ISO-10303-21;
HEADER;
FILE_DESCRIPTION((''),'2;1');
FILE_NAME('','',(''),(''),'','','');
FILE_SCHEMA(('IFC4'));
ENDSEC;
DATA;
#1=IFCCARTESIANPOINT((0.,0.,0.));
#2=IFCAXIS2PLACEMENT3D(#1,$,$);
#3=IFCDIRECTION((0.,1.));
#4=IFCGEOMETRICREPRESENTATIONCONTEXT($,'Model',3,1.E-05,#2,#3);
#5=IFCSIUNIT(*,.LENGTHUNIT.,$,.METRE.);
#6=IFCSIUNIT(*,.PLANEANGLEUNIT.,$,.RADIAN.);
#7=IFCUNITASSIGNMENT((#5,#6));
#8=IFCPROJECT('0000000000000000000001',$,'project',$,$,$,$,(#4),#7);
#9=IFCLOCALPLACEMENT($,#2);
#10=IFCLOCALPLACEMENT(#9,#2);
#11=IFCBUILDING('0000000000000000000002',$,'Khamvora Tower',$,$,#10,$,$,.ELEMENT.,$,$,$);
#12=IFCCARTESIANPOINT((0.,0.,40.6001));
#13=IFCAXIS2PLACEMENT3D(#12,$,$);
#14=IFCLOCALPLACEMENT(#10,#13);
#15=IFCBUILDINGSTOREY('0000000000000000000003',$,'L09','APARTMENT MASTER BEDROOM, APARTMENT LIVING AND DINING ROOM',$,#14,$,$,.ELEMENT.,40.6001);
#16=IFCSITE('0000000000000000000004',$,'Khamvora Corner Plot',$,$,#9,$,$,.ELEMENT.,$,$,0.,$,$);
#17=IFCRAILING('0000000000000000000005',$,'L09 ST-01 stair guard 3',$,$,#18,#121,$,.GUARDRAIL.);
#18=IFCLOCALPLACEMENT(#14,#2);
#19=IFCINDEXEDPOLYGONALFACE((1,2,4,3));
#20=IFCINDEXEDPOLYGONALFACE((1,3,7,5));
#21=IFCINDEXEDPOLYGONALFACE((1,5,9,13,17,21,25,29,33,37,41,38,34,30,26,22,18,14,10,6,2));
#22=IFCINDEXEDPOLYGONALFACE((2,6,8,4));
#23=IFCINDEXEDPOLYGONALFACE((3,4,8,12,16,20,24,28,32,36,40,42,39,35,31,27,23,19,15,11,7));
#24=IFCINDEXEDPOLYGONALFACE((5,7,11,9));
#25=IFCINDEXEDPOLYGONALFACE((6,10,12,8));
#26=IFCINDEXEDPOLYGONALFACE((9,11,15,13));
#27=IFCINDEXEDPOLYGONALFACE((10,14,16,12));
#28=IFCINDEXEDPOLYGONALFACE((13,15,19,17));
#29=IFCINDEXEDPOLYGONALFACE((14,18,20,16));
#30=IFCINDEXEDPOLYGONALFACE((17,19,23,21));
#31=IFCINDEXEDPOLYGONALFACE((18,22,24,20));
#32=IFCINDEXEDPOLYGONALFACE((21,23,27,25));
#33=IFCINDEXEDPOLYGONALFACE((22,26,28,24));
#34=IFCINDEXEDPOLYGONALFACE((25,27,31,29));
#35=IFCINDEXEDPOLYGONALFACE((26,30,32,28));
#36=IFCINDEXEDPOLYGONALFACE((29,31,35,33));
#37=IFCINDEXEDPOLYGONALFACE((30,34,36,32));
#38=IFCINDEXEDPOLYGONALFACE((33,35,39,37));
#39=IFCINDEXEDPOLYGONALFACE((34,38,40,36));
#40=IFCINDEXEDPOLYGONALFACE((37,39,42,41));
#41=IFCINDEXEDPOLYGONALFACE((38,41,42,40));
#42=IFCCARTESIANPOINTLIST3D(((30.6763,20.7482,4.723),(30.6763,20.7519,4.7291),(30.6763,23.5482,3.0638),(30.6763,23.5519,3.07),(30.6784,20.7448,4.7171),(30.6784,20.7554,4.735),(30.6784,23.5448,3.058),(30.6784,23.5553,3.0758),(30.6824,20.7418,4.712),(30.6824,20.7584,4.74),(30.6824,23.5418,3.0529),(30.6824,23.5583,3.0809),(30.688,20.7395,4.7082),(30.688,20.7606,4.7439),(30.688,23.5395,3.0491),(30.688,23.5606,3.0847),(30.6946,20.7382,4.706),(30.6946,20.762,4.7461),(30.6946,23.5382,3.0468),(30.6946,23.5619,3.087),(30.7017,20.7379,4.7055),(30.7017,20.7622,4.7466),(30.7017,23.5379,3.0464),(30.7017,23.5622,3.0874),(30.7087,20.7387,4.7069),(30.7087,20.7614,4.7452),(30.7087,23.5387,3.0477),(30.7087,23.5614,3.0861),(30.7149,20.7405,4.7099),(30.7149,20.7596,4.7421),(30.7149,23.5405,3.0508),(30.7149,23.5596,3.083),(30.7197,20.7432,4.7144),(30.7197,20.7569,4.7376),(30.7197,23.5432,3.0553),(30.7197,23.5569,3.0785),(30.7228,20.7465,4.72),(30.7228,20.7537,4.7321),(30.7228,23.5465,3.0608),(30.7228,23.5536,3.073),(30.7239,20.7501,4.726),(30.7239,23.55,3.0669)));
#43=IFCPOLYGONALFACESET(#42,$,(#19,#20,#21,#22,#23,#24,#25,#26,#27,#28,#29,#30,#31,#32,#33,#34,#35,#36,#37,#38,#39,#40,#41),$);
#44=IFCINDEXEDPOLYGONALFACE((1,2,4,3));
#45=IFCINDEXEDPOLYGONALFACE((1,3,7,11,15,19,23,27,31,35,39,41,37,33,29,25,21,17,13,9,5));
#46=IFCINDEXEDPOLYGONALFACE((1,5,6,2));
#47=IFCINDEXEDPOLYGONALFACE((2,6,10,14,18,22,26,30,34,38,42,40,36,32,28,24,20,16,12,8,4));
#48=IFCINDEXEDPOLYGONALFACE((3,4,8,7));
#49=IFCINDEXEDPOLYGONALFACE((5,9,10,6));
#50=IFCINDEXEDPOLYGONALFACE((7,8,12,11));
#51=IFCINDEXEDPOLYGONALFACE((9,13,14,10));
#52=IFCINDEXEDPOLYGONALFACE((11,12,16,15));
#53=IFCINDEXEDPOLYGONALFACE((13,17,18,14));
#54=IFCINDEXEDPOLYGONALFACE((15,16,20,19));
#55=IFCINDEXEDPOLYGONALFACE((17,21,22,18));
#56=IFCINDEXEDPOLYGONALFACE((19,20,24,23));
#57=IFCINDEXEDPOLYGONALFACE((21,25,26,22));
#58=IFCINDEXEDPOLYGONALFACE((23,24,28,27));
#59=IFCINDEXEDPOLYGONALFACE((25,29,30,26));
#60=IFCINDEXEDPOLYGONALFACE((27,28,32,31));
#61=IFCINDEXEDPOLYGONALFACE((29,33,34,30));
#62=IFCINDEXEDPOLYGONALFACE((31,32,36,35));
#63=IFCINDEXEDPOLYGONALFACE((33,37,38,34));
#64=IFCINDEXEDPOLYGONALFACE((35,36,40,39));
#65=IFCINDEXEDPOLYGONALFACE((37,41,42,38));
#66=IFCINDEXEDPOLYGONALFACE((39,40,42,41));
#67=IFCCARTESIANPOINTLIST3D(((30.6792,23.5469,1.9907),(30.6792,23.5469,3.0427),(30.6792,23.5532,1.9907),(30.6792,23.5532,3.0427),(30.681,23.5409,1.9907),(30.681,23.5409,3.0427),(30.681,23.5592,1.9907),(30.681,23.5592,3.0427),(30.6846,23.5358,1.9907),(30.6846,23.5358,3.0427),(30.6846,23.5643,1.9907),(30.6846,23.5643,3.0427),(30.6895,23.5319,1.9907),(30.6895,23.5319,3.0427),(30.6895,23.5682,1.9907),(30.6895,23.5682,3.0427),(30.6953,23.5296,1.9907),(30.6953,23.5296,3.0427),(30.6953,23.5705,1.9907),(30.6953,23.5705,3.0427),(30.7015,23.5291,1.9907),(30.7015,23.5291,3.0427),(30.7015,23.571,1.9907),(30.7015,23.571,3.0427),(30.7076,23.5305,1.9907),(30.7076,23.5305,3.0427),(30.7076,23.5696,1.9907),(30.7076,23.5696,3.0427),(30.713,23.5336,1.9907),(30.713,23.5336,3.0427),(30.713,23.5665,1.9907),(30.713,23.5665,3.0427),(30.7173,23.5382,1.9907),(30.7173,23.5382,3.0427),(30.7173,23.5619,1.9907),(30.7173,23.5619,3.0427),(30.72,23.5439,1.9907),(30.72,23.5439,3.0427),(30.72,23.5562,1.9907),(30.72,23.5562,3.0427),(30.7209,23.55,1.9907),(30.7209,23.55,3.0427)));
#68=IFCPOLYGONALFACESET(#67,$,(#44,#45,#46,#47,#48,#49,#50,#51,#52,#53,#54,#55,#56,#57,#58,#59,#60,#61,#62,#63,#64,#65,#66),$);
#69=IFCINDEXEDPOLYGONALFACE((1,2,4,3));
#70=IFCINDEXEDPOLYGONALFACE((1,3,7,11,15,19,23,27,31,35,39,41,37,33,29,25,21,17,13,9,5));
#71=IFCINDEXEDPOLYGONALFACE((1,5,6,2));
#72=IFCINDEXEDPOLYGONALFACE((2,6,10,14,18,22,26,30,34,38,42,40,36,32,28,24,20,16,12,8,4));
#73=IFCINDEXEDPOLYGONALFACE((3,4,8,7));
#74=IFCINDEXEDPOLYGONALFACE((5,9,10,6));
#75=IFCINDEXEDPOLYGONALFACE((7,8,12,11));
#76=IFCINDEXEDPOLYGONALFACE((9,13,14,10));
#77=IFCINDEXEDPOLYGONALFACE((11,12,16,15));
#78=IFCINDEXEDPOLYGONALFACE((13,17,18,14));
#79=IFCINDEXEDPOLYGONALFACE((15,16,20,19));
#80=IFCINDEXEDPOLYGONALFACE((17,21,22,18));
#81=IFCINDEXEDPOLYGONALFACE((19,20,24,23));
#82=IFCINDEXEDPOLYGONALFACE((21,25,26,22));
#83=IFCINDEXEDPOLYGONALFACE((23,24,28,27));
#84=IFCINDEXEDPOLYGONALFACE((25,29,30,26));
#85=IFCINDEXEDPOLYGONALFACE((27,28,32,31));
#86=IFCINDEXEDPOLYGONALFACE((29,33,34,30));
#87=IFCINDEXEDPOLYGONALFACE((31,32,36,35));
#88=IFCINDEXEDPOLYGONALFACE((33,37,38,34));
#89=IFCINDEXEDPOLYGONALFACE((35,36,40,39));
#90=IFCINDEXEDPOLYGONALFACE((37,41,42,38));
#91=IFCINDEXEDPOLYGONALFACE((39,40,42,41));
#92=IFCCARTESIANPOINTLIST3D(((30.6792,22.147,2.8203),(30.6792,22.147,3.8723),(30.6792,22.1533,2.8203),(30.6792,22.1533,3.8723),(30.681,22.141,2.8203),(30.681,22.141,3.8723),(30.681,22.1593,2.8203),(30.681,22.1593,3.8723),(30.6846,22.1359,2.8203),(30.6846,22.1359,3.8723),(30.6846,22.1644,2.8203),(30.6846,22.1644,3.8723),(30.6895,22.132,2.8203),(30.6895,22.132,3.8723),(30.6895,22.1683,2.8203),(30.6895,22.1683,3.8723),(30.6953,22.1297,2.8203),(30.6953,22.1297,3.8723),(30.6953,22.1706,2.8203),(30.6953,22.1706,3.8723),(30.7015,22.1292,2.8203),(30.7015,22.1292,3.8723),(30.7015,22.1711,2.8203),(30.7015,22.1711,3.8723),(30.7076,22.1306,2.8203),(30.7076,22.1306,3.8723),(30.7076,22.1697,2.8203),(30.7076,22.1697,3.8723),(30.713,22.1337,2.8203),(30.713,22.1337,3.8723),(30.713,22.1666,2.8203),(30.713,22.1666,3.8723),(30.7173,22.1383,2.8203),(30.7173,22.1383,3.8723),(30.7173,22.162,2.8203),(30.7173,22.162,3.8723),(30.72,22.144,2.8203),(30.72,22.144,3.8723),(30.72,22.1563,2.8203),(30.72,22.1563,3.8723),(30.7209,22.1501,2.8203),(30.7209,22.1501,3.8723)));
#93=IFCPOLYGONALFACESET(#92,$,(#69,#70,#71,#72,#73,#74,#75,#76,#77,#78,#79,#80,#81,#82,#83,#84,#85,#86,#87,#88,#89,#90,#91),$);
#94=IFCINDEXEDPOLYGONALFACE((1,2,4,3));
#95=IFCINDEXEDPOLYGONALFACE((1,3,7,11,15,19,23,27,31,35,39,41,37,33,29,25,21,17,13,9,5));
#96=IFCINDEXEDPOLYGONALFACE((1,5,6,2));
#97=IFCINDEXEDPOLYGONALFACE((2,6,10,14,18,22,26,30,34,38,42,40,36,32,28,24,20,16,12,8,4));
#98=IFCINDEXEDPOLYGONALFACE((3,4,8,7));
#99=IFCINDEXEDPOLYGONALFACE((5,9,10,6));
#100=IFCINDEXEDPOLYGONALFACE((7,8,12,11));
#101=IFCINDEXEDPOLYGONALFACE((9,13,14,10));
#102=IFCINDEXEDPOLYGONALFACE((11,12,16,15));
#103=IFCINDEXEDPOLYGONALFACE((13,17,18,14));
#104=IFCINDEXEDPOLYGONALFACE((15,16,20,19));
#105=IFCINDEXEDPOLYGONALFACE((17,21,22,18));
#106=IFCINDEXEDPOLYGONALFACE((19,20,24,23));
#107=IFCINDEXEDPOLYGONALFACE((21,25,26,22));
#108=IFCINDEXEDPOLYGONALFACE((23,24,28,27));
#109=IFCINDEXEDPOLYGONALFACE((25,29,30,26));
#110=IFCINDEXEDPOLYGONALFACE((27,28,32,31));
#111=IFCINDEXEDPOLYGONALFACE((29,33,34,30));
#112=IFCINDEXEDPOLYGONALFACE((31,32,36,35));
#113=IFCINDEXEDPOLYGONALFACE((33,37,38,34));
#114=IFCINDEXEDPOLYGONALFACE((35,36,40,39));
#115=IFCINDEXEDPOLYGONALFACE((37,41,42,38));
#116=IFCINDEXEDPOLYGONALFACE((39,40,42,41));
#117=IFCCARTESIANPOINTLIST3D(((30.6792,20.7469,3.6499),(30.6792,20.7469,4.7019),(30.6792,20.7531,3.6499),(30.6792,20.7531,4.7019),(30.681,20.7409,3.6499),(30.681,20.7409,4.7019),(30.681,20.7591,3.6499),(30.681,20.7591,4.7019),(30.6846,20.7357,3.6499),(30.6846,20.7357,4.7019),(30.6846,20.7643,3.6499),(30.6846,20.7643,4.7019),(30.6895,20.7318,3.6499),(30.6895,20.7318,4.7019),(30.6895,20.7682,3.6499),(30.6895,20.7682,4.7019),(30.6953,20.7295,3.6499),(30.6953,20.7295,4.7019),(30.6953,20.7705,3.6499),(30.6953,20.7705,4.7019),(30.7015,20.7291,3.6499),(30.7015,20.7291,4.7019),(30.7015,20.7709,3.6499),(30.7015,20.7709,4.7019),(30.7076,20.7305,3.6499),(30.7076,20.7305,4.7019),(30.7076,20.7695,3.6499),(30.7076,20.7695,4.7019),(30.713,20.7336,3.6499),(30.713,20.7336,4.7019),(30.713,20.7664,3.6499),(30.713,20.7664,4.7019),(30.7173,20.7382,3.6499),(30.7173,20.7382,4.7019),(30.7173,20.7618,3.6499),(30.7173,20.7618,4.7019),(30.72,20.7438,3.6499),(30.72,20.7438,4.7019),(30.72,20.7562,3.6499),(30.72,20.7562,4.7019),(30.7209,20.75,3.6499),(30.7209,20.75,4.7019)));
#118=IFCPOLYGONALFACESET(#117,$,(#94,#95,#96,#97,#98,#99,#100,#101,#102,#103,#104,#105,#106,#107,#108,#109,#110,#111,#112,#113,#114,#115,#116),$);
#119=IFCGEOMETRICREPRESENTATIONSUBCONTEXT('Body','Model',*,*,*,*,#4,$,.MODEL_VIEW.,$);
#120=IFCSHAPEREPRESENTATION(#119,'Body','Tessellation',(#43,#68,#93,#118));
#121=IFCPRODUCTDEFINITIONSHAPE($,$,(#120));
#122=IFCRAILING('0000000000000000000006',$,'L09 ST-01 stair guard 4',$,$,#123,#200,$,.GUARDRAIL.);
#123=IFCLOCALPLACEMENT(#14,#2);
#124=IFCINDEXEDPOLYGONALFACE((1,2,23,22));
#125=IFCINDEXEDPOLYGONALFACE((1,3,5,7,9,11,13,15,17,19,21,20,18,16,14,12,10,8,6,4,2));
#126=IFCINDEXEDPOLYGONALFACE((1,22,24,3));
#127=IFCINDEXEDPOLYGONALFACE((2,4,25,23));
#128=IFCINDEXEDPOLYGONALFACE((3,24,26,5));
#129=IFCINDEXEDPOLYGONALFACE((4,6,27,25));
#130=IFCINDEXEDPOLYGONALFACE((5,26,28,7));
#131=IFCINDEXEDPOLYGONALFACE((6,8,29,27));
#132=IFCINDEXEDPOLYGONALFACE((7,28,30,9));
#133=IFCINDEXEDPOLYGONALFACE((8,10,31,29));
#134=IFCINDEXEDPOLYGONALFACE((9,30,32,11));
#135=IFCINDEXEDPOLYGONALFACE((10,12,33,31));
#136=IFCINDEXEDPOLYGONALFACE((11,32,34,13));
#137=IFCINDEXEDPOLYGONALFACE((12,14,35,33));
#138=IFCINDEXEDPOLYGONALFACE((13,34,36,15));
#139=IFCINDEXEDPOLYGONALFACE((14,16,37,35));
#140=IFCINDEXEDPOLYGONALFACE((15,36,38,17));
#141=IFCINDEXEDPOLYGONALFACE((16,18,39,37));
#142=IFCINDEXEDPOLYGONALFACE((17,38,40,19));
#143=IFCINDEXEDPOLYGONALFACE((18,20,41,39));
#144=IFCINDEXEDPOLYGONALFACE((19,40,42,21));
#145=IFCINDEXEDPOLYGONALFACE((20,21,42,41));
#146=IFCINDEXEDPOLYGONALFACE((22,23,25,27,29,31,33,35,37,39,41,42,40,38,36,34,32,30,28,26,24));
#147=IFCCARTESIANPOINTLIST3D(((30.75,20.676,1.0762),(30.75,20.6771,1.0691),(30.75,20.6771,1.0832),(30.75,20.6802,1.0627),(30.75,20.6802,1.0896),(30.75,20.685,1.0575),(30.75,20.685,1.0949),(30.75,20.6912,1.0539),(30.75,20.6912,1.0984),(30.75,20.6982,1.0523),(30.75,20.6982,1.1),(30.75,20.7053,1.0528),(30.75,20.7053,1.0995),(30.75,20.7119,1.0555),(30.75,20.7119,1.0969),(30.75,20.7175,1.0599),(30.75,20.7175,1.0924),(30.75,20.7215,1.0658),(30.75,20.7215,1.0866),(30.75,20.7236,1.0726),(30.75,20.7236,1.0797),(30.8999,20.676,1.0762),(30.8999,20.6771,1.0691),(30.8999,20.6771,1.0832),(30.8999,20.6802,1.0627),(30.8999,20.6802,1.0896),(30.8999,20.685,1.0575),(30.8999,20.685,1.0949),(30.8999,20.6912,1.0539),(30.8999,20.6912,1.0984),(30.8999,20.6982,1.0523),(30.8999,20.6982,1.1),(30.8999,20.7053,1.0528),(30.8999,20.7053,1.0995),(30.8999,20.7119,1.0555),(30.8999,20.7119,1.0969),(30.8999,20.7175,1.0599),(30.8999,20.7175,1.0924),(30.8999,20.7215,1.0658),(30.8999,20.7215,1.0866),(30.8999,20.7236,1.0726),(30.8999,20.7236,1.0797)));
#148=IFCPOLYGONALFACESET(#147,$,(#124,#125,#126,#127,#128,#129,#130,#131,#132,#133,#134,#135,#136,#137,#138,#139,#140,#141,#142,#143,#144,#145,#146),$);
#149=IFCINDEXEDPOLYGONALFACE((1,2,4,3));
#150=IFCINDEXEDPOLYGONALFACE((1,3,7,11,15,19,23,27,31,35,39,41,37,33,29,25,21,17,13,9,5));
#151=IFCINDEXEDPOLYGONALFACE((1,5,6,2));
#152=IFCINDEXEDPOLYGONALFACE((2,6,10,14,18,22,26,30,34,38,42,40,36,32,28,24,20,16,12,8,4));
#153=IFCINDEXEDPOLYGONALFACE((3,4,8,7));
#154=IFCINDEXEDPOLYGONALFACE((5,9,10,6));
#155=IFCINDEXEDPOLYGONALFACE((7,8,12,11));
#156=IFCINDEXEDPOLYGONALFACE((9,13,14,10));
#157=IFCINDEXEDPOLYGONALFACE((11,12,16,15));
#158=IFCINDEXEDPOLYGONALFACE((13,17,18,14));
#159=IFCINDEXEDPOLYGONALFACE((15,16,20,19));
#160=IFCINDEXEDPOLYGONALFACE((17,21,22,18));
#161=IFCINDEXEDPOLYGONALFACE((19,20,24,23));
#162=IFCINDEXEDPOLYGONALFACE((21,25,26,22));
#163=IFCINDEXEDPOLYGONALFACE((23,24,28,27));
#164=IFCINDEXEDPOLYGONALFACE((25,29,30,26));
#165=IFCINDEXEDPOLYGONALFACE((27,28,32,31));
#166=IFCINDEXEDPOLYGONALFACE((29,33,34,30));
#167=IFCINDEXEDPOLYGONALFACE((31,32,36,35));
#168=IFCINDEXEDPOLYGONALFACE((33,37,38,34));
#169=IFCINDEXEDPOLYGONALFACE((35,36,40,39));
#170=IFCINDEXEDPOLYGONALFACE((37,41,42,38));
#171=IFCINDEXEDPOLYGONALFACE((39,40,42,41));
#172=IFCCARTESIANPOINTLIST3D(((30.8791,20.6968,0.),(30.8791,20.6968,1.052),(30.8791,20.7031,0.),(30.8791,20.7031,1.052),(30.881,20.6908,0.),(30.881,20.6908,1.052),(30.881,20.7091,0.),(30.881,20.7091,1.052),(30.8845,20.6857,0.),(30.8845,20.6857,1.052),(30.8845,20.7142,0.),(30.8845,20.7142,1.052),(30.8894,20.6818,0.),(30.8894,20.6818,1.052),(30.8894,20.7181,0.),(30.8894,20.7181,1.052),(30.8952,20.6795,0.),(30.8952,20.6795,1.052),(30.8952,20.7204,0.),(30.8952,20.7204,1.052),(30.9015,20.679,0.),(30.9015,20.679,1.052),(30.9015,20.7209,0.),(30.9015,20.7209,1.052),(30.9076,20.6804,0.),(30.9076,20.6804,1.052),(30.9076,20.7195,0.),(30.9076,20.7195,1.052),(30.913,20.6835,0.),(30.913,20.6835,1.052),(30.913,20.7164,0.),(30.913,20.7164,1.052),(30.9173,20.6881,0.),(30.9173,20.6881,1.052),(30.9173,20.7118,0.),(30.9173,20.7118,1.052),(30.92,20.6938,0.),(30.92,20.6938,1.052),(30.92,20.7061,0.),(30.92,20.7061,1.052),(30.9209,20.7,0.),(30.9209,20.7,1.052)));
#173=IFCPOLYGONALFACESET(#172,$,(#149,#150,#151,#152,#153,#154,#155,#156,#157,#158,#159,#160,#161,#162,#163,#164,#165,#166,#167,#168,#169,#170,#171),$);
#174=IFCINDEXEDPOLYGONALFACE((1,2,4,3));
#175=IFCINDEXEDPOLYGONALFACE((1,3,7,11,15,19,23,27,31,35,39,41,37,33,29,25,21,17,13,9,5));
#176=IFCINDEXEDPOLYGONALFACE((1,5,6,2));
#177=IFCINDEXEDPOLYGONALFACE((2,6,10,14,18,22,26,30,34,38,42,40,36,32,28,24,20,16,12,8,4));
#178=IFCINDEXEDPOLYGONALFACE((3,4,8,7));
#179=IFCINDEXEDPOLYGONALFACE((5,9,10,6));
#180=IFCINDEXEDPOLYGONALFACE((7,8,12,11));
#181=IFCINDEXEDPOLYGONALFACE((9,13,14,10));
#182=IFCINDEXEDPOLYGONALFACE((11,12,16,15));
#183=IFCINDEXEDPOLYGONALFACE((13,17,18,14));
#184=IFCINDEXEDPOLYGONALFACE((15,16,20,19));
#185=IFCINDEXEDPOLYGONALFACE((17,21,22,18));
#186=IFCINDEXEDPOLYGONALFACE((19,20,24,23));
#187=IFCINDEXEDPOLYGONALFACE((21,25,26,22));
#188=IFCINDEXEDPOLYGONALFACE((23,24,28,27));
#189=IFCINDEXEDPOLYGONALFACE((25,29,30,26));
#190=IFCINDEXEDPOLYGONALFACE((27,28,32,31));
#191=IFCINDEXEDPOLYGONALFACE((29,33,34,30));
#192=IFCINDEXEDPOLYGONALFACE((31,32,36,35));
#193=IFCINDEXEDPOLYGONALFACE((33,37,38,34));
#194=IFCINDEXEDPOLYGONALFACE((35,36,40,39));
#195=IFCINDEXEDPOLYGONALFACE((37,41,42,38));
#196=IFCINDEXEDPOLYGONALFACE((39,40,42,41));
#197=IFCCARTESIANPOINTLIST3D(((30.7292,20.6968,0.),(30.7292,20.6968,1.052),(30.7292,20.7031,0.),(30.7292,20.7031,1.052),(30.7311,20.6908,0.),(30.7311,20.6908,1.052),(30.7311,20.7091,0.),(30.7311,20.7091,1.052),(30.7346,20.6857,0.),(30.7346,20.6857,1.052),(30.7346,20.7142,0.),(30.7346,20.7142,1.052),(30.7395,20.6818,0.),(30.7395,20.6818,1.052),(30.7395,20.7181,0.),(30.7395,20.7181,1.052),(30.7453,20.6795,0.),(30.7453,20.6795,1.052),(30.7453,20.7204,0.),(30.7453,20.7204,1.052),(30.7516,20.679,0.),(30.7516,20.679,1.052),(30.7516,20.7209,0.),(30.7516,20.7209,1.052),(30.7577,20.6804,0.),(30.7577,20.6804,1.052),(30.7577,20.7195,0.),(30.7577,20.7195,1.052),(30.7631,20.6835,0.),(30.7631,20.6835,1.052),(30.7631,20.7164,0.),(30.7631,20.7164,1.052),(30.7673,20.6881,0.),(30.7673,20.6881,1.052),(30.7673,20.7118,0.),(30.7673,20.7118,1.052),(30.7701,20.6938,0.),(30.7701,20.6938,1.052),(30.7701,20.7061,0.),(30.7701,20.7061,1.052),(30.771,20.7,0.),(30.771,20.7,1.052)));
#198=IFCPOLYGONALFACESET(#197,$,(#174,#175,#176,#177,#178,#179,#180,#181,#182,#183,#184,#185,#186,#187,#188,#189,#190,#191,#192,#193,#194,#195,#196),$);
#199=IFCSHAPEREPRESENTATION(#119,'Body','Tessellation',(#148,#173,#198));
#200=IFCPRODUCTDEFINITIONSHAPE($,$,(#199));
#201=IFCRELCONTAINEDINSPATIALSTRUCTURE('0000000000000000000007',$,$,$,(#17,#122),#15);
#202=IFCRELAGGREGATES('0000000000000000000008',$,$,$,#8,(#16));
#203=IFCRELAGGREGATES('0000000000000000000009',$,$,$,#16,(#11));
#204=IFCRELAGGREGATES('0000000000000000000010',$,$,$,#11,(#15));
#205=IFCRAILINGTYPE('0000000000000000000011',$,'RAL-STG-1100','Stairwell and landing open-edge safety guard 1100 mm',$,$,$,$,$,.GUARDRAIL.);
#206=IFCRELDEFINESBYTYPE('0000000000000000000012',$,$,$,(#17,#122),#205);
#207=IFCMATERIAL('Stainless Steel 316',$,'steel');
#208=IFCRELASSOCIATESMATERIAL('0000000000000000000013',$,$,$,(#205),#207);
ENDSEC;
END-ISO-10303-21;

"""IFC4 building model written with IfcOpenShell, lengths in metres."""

from ifc_helpers import new_model, si_unit, direction, frame, origin, origin_2d, place, context, subcontext, project, spatial, circle, extrude, material, type_object, element, save


model = new_model("IFC4")

# Units and contexts
model_context = context("Model", 3, precision=1e-05, world=origin(), true_north=direction((0.0, 1.0)))
body_context = subcontext(model_context, "Body", "Model", "MODEL_VIEW")
ifc_project = project(units=[si_unit("LENGTHUNIT", "METRE"), si_unit("PLANEANGLEUNIT", "RADIAN")], contexts=[model_context])

# Site, building, storey
site_placement = place(None, origin())
site = spatial("IfcSite", under=ifc_project, at=site_placement, Name="Khamvora Corner Plot", CompositionType="ELEMENT", RefElevation=0.0)
building_placement = place(site_placement, origin())
building = spatial("IfcBuilding", under=site, at=building_placement, Name="Khamvora Tower", CompositionType="ELEMENT")
storey_placement = place(building_placement, frame((0.0, 0.0, 40.6001)))
storey = spatial("IfcBuildingStorey", under=building, at=storey_placement, Name="L09", Description="APARTMENT MASTER BEDROOM, APARTMENT LIVING AND DINING ROOM", CompositionType="ELEMENT", Elevation=40.6001)

# Railings
ifc_material_1 = material(Name="Stainless Steel 316", Category="steel")
railing_type_1 = type_object("IfcRailingType", Name="RAL-STG-1100", Description="Stairwell and landing open-edge safety guard 1100 mm", PredefinedType="GUARDRAIL", material=ifc_material_1)
railing_1_placement = place(storey_placement, frame((30.7, 23.55, 1.9907)))
element("IfcRailing", 1, at=railing_1_placement, inside=storey, type_object=railing_type_1, Name="L09 ST-01 stair guard 3", PredefinedType="GUARDRAIL", context=body_context, shape_type="SweptSolid", body=[
    extrude(circle(Radius=0.0239, at=origin_2d()), frame((0.0, 0.0, 1.0762), z_axis=(0.0, -0.860306, 0.509778), x_axis=(1.0, 0.0, 0.0)), (0.0, 0.0, 1.0), 3.2546),
    extrude(circle(Radius=0.021, at=origin_2d()), origin(), (0.0, 0.0, 1.0), 1.052),
    extrude(circle(Radius=0.021, at=origin_2d()), frame((0.0, -1.3999, 0.8296)), (0.0, 0.0, 1.0), 1.052),
    extrude(circle(Radius=0.021, at=origin_2d()), frame((0.0, -2.8, 1.6592)), (0.0, 0.0, 1.0), 1.052),
])
railing_2_placement = place(storey_placement, frame((30.8999, 20.7, 0.0)))
element("IfcRailing", 2, at=railing_2_placement, inside=storey, type_object=railing_type_1, Name="L09 ST-01 stair guard 4", PredefinedType="GUARDRAIL", context=body_context, shape_type="SweptSolid", body=[
    extrude(circle(Radius=0.0239, at=origin_2d()), frame((0.0, 0.0, 1.0762), z_axis=(-1.0, 0.0, 0.0), x_axis=(0.0, -1.0, 0.0)), (0.0, 0.0, 1.0), 0.1499),
    extrude(circle(Radius=0.021, at=origin_2d()), origin(), (0.0, 0.0, 1.0), 1.052),
    extrude(circle(Radius=0.021, at=origin_2d()), frame((-0.1499, 0.0, 0.0)), (0.0, 0.0, 1.0), 1.052),
])

save(model, "model.ifc")
